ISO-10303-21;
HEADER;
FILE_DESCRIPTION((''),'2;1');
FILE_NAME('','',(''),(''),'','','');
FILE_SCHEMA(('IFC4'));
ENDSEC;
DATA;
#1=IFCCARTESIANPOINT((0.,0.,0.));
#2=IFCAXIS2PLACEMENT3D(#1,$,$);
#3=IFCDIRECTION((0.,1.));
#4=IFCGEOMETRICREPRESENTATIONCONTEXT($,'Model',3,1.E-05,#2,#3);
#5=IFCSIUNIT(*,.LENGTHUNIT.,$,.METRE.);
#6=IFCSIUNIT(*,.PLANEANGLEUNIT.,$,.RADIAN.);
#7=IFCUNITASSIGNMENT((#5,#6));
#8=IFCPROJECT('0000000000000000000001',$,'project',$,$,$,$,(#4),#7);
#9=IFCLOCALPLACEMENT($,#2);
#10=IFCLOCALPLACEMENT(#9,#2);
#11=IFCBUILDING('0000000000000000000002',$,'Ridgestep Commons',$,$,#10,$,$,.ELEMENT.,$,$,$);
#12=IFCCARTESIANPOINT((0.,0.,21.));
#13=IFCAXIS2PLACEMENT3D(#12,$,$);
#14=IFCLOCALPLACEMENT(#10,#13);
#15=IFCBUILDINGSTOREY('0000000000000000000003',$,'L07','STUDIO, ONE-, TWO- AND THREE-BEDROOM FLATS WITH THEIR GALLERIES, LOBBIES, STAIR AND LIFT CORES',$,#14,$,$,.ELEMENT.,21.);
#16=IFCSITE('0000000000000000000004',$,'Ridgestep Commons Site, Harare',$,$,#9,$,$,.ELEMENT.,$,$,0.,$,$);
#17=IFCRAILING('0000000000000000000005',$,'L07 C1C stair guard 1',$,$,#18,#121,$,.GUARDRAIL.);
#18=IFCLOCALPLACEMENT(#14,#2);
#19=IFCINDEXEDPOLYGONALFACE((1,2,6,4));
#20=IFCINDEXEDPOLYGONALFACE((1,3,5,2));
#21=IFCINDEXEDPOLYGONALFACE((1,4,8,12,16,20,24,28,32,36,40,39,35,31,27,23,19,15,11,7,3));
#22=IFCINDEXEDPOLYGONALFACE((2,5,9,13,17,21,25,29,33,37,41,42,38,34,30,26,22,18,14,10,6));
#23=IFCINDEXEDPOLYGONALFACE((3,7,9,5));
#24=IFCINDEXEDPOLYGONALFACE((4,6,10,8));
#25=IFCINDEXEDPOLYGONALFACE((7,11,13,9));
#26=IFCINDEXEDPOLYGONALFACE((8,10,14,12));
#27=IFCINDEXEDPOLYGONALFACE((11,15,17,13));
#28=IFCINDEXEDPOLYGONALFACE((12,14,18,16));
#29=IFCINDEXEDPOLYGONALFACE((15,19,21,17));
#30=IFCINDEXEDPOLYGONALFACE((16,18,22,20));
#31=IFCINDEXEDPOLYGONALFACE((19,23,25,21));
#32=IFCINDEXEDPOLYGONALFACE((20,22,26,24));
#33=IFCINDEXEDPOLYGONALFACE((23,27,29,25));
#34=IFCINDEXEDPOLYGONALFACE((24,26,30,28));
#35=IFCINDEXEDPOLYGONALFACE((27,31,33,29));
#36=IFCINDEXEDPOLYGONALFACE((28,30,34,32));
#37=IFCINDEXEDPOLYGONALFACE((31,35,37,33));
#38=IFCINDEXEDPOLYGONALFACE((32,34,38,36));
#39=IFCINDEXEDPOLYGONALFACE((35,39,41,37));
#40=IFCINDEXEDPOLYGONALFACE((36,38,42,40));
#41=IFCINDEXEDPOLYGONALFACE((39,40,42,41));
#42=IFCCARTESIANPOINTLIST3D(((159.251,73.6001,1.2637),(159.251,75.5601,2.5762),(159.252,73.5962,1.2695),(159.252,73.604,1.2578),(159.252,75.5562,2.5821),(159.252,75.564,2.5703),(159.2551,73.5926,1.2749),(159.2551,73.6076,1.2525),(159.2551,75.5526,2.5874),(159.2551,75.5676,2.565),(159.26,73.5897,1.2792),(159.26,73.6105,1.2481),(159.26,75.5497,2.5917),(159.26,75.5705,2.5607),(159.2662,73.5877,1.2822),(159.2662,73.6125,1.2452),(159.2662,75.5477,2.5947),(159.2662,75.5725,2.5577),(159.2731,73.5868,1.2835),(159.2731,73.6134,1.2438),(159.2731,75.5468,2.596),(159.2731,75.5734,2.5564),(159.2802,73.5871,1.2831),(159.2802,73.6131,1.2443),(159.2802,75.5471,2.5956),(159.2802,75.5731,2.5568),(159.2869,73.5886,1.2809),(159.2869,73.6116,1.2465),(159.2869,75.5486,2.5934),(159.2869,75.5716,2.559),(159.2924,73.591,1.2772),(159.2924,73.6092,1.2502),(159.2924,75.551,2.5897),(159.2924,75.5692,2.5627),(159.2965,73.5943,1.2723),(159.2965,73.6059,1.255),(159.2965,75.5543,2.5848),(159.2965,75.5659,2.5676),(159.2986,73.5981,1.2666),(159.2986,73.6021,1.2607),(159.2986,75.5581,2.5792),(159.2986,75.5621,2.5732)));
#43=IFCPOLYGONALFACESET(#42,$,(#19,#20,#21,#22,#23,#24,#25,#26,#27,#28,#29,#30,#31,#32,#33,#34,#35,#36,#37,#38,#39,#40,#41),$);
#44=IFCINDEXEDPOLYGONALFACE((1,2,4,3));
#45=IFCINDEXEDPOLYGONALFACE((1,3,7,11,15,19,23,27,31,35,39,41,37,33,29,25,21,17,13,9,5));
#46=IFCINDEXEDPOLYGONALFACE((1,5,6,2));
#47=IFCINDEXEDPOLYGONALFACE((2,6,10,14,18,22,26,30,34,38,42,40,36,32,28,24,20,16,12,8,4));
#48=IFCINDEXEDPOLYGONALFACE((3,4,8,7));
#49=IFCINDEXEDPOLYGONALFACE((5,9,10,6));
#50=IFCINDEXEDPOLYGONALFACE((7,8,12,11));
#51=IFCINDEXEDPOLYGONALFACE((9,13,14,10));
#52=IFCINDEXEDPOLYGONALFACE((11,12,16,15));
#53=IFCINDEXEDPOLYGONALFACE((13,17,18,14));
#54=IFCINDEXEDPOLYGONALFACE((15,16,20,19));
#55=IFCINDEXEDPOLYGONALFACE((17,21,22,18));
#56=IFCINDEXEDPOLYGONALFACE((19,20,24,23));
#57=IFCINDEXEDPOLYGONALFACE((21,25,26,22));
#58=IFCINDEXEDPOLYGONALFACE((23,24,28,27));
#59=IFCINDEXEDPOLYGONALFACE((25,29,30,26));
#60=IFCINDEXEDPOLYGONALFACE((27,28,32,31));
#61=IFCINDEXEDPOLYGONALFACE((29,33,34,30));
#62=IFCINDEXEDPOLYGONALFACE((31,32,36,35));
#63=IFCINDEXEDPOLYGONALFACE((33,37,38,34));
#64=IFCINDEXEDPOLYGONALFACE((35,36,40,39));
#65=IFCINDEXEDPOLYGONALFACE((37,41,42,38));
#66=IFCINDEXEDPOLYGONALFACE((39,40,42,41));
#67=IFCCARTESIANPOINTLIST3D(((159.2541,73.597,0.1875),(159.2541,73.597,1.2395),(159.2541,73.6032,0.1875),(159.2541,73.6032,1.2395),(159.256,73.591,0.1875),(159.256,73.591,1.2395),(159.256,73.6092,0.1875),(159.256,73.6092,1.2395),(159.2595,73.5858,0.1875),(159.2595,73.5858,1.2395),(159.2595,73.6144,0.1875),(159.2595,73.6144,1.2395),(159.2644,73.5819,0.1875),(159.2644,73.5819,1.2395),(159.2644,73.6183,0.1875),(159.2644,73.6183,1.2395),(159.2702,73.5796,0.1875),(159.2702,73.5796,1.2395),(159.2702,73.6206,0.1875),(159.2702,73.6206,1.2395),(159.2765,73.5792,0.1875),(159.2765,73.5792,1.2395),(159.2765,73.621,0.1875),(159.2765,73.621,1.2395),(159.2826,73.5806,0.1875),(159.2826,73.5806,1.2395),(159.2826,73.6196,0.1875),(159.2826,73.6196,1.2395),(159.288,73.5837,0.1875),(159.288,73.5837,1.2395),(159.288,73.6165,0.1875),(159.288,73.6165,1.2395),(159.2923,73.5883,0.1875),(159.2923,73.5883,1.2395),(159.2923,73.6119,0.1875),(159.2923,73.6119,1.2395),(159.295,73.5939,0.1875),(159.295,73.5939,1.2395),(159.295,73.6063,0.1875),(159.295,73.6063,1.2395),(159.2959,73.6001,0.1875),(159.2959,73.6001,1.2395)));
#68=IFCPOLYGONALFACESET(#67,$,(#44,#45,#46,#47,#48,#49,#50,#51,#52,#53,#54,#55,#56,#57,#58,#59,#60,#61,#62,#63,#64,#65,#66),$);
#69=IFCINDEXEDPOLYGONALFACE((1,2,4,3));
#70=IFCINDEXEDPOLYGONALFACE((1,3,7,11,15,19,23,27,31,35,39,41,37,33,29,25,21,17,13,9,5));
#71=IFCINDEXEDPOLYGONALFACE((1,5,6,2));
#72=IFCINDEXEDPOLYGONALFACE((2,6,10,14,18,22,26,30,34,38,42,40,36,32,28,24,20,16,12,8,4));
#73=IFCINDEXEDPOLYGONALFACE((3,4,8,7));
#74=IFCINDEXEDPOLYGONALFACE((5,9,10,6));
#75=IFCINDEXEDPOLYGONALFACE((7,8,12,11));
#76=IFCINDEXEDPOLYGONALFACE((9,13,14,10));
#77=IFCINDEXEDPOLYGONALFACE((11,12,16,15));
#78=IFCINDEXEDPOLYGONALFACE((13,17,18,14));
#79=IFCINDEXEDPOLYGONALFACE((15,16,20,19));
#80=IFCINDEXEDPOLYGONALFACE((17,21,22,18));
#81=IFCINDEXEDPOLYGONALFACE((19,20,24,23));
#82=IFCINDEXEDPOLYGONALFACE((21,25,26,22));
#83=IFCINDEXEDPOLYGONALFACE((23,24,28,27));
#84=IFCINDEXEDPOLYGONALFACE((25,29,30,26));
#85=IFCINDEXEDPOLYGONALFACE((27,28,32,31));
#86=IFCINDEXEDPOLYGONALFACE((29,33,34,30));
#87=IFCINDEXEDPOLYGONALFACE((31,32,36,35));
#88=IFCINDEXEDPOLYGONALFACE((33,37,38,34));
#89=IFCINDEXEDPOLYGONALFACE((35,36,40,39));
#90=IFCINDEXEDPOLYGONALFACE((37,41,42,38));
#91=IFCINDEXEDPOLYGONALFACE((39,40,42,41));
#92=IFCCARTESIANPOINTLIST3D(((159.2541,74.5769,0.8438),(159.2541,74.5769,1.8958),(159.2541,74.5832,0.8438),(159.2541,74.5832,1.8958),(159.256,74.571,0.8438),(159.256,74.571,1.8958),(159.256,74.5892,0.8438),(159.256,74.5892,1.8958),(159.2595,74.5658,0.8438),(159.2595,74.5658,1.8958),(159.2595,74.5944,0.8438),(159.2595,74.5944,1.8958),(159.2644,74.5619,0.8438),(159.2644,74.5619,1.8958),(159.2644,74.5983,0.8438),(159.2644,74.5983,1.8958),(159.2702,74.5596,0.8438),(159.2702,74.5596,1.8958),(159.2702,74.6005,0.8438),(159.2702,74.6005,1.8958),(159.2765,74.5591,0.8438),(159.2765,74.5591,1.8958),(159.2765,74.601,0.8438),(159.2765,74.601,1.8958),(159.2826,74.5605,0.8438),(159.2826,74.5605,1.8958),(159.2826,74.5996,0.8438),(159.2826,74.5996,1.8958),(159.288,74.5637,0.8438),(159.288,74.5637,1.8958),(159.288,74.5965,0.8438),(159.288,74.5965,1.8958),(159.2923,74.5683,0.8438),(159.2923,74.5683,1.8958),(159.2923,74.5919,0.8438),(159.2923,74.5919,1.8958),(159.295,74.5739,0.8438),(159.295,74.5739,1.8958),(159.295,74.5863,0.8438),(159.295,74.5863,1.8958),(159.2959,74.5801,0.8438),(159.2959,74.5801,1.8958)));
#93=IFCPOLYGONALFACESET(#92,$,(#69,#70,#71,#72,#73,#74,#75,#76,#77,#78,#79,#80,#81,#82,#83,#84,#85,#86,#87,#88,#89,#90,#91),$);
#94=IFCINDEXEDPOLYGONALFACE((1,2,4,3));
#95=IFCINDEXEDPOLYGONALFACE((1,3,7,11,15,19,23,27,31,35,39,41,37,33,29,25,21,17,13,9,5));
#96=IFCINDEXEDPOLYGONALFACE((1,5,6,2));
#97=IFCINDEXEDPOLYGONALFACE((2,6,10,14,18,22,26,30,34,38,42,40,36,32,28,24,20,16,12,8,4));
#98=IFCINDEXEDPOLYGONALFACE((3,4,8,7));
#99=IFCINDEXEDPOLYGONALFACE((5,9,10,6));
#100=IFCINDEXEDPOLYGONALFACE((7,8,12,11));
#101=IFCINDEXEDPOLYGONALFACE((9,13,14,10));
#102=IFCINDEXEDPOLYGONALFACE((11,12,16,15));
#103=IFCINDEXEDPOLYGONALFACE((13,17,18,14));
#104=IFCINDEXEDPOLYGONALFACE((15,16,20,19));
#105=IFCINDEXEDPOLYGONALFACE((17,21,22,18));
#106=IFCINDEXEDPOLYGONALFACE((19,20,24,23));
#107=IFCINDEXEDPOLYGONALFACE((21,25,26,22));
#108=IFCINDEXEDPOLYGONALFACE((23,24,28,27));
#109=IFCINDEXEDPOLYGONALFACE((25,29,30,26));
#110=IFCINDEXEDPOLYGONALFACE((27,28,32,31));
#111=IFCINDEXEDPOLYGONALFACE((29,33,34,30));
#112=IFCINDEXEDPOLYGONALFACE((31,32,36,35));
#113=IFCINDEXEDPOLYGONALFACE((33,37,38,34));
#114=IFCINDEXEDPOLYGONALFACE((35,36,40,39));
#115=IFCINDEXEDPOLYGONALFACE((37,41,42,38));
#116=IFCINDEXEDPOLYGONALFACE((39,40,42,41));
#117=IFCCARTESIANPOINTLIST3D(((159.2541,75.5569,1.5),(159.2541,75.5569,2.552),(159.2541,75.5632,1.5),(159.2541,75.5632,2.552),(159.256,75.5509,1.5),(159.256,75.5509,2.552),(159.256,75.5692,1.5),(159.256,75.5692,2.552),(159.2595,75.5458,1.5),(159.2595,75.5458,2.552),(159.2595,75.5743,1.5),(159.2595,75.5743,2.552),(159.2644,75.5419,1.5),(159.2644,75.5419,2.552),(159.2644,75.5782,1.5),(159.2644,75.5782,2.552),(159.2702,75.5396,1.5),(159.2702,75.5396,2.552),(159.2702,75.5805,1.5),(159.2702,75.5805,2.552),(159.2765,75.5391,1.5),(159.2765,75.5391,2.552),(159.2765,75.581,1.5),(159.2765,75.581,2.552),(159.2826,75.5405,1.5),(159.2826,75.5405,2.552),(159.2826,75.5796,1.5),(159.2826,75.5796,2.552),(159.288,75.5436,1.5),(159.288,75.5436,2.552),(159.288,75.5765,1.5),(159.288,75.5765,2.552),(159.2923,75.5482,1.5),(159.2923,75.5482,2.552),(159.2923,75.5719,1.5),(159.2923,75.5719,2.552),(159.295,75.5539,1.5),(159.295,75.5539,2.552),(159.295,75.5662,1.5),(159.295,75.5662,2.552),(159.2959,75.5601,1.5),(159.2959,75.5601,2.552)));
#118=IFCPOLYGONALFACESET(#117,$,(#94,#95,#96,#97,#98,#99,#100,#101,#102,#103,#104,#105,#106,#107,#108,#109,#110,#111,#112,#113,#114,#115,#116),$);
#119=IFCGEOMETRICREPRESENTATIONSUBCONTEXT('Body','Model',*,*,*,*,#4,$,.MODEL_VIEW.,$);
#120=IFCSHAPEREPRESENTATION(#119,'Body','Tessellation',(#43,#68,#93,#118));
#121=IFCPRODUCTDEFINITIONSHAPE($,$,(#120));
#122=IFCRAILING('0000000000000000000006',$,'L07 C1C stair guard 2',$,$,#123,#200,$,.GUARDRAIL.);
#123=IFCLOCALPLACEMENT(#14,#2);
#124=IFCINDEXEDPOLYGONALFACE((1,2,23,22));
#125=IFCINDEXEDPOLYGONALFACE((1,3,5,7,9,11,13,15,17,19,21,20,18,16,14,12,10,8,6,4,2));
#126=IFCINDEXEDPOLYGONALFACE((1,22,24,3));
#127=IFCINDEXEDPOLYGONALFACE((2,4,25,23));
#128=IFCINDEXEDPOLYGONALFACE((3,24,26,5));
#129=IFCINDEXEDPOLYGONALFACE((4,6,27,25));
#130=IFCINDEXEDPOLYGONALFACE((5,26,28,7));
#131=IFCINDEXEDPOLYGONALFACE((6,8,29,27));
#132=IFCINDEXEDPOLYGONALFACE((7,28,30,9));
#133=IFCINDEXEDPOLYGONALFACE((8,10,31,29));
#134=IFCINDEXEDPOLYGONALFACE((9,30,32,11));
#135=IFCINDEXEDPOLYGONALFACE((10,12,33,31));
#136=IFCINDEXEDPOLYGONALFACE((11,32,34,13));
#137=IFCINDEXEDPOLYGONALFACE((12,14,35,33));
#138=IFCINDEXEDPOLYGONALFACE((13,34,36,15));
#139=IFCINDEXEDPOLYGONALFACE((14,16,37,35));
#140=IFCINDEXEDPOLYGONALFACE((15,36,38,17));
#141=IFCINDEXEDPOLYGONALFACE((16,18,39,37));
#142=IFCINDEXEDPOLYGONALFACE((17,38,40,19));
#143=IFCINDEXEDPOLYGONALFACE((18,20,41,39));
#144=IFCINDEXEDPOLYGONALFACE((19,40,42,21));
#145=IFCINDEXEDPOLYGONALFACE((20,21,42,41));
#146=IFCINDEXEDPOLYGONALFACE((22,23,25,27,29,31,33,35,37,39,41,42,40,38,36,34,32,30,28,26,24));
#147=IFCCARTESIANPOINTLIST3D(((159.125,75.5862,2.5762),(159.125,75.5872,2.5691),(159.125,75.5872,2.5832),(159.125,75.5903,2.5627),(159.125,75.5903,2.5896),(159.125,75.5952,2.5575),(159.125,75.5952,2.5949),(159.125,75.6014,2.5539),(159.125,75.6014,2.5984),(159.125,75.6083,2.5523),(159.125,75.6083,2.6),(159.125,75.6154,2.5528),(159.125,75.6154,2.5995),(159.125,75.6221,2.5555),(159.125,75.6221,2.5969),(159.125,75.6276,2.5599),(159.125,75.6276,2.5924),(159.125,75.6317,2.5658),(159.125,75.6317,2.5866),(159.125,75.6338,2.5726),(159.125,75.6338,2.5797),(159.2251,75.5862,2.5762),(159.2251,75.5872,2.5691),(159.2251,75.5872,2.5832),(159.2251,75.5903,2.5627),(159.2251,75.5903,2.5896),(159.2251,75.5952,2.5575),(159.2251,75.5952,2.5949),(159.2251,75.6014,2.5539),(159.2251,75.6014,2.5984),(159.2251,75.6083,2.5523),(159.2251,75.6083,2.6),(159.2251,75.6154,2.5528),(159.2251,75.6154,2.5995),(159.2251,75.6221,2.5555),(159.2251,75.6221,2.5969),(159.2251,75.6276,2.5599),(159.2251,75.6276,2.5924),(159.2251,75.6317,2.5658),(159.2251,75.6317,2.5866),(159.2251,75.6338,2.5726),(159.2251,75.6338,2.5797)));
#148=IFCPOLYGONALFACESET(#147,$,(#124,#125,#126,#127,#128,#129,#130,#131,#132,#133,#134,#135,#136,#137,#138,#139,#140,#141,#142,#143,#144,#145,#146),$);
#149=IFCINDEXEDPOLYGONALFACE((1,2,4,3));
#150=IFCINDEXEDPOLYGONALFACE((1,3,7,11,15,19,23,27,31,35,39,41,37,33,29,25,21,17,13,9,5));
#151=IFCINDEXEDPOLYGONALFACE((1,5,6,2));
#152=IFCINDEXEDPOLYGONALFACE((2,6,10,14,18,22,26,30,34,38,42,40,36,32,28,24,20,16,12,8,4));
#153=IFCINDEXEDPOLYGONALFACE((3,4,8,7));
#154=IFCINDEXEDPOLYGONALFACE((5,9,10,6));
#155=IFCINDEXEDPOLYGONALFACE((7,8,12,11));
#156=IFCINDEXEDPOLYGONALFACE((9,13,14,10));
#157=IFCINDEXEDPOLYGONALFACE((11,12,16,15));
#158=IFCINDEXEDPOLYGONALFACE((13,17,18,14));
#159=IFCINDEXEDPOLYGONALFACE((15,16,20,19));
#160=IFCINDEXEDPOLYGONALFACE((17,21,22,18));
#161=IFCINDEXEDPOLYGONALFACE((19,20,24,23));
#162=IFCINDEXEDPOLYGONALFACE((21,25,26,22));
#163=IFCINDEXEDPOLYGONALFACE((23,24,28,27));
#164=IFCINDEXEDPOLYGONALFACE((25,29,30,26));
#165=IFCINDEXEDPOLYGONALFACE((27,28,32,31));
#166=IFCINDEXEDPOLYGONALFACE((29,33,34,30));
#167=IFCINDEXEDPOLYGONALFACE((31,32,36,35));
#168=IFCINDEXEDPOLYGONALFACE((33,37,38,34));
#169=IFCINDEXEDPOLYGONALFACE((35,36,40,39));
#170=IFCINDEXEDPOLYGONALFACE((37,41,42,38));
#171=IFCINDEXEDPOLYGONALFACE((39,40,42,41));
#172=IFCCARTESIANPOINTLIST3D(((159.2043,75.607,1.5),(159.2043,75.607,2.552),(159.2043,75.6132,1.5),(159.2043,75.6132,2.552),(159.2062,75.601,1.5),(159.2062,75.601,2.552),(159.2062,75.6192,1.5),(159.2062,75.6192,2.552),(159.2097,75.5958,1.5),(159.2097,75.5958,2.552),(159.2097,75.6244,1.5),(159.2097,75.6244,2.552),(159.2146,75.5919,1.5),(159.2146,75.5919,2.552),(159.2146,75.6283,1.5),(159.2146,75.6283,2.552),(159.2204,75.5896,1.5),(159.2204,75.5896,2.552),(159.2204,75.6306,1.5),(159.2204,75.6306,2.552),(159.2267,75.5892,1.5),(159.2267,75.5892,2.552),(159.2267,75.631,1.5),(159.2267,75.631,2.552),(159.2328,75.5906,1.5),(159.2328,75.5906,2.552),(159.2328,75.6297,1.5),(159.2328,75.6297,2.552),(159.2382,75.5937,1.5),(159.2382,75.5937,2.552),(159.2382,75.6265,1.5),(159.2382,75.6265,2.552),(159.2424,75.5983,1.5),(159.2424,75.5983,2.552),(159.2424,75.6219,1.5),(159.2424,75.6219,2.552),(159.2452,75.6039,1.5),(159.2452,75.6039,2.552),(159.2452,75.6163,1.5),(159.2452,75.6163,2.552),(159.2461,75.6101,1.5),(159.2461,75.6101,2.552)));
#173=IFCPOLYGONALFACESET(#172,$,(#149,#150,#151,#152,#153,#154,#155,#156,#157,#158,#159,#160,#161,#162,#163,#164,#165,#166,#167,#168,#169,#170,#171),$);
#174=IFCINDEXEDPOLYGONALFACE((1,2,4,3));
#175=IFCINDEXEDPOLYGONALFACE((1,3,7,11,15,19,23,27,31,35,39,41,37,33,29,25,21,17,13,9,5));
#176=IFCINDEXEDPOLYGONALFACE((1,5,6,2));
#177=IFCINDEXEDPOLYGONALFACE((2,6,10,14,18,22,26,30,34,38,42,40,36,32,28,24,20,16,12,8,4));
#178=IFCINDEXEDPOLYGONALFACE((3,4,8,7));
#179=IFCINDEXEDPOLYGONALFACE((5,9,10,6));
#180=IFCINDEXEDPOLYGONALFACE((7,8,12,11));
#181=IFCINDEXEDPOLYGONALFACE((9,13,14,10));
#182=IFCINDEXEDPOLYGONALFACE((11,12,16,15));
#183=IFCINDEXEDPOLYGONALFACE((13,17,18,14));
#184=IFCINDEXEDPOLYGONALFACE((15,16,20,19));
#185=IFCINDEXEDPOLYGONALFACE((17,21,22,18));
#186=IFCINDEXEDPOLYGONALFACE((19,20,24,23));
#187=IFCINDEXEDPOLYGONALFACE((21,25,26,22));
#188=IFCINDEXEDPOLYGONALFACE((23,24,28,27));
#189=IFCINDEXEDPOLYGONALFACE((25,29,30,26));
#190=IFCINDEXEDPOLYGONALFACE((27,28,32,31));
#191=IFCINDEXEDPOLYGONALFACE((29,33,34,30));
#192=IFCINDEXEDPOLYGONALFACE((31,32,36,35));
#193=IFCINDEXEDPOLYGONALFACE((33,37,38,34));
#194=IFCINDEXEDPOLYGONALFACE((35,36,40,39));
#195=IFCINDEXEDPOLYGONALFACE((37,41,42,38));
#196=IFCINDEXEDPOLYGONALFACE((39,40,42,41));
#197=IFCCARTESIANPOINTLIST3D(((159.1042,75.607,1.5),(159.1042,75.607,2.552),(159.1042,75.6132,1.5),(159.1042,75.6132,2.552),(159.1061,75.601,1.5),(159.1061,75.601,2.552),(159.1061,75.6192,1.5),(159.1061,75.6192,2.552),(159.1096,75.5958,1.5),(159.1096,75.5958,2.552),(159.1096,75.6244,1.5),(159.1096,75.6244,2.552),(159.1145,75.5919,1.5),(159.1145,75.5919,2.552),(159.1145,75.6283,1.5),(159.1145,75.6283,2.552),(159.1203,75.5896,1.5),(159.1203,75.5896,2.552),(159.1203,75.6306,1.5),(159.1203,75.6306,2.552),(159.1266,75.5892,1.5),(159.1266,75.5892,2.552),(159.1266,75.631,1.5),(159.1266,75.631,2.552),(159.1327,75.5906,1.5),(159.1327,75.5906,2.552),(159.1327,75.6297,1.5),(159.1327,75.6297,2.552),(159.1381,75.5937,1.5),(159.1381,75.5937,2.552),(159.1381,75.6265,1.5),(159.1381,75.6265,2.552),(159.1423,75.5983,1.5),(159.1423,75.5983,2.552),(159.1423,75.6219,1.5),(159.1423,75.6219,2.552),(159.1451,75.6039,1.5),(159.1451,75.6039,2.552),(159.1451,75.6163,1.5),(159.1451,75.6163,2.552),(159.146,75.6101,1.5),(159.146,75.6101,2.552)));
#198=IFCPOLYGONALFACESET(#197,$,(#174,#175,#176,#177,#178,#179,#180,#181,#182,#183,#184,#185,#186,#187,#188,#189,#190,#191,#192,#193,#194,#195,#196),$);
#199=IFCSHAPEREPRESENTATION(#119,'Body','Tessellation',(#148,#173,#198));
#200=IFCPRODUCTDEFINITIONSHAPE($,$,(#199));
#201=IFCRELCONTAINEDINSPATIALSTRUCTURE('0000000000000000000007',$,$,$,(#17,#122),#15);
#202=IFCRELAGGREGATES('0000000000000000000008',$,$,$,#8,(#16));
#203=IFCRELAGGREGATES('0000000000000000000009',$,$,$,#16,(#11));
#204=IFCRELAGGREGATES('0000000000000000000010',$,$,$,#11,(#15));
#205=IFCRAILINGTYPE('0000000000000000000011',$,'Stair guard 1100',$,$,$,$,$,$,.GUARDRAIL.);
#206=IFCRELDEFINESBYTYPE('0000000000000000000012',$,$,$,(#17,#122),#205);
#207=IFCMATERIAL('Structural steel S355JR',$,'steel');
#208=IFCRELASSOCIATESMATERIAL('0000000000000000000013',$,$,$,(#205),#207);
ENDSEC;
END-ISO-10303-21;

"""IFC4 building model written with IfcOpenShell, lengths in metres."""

from ifc_helpers import new_model, si_unit, direction, frame, origin, origin_2d, place, context, subcontext, project, spatial, circle, extrude, material, type_object, element, save


model = new_model("IFC4")

# Units and contexts
model_context = context("Model", 3, precision=1e-05, world=origin(), true_north=direction((0.0, 1.0)))
body_context = subcontext(model_context, "Body", "Model", "MODEL_VIEW")
ifc_project = project(units=[si_unit("LENGTHUNIT", "METRE"), si_unit("PLANEANGLEUNIT", "RADIAN")], contexts=[model_context])

# Site, building, storey
site_placement = place(None, origin())
site = spatial("IfcSite", under=ifc_project, at=site_placement, Name="Ridgestep Commons Site, Harare", CompositionType="ELEMENT", RefElevation=0.0)
building_placement = place(site_placement, origin())
building = spatial("IfcBuilding", under=site, at=building_placement, Name="Ridgestep Commons", CompositionType="ELEMENT")
storey_placement = place(building_placement, frame((0.0, 0.0, 21.0)))
storey = spatial("IfcBuildingStorey", under=building, at=storey_placement, Name="L07", Description="STUDIO, ONE-, TWO- AND THREE-BEDROOM FLATS WITH THEIR GALLERIES, LOBBIES, STAIR AND LIFT CORES", CompositionType="ELEMENT", Elevation=21.0)

# Railings
ifc_material_1 = material(Name="Structural steel S355JR", Category="steel")
railing_type_1 = type_object("IfcRailingType", Name="Stair guard 1100", PredefinedType="GUARDRAIL", material=ifc_material_1)
railing_1_placement = place(storey_placement, frame((159.2749, 73.6001, 0.1875)))
element("IfcRailing", 1, at=railing_1_placement, inside=storey, type_object=railing_type_1, Name="L07 C1C stair guard 1", PredefinedType="GUARDRAIL", context=body_context, shape_type="SweptSolid", body=[
    extrude(circle(Radius=0.0239, at=origin_2d()), frame((0.0, 0.0, 1.0762), z_axis=(0.0, 0.830902, 0.556419), x_axis=(-1.0, 0.0, 0.0)), (0.0, 0.0, 1.0), 2.3589),
    extrude(circle(Radius=0.021, at=origin_2d()), origin(), (0.0, 0.0, 1.0), 1.052),
    extrude(circle(Radius=0.021, at=origin_2d()), frame((0.0, 0.98, 0.6562)), (0.0, 0.0, 1.0), 1.052),
    extrude(circle(Radius=0.021, at=origin_2d()), frame((0.0, 1.96, 1.3125)), (0.0, 0.0, 1.0), 1.052),
])
railing_2_placement = place(storey_placement, frame((159.2251, 75.6101, 1.5)))
element("IfcRailing", 2, at=railing_2_placement, inside=storey, type_object=railing_type_1, Name="L07 C1C stair guard 2", PredefinedType="GUARDRAIL", context=body_context, shape_type="SweptSolid", body=[
    extrude(circle(Radius=0.0239, at=origin_2d()), frame((0.0, 0.0, 1.0762), z_axis=(-1.0, 0.0, 0.0), x_axis=(0.0, -1.0, 0.0)), (0.0, 0.0, 1.0), 0.1001),
    extrude(circle(Radius=0.021, at=origin_2d()), origin(), (0.0, 0.0, 1.0), 1.052),
    extrude(circle(Radius=0.021, at=origin_2d()), frame((-0.1001, 0.0, 0.0)), (0.0, 0.0, 1.0), 1.052),
])

save(model, "model.ifc")
